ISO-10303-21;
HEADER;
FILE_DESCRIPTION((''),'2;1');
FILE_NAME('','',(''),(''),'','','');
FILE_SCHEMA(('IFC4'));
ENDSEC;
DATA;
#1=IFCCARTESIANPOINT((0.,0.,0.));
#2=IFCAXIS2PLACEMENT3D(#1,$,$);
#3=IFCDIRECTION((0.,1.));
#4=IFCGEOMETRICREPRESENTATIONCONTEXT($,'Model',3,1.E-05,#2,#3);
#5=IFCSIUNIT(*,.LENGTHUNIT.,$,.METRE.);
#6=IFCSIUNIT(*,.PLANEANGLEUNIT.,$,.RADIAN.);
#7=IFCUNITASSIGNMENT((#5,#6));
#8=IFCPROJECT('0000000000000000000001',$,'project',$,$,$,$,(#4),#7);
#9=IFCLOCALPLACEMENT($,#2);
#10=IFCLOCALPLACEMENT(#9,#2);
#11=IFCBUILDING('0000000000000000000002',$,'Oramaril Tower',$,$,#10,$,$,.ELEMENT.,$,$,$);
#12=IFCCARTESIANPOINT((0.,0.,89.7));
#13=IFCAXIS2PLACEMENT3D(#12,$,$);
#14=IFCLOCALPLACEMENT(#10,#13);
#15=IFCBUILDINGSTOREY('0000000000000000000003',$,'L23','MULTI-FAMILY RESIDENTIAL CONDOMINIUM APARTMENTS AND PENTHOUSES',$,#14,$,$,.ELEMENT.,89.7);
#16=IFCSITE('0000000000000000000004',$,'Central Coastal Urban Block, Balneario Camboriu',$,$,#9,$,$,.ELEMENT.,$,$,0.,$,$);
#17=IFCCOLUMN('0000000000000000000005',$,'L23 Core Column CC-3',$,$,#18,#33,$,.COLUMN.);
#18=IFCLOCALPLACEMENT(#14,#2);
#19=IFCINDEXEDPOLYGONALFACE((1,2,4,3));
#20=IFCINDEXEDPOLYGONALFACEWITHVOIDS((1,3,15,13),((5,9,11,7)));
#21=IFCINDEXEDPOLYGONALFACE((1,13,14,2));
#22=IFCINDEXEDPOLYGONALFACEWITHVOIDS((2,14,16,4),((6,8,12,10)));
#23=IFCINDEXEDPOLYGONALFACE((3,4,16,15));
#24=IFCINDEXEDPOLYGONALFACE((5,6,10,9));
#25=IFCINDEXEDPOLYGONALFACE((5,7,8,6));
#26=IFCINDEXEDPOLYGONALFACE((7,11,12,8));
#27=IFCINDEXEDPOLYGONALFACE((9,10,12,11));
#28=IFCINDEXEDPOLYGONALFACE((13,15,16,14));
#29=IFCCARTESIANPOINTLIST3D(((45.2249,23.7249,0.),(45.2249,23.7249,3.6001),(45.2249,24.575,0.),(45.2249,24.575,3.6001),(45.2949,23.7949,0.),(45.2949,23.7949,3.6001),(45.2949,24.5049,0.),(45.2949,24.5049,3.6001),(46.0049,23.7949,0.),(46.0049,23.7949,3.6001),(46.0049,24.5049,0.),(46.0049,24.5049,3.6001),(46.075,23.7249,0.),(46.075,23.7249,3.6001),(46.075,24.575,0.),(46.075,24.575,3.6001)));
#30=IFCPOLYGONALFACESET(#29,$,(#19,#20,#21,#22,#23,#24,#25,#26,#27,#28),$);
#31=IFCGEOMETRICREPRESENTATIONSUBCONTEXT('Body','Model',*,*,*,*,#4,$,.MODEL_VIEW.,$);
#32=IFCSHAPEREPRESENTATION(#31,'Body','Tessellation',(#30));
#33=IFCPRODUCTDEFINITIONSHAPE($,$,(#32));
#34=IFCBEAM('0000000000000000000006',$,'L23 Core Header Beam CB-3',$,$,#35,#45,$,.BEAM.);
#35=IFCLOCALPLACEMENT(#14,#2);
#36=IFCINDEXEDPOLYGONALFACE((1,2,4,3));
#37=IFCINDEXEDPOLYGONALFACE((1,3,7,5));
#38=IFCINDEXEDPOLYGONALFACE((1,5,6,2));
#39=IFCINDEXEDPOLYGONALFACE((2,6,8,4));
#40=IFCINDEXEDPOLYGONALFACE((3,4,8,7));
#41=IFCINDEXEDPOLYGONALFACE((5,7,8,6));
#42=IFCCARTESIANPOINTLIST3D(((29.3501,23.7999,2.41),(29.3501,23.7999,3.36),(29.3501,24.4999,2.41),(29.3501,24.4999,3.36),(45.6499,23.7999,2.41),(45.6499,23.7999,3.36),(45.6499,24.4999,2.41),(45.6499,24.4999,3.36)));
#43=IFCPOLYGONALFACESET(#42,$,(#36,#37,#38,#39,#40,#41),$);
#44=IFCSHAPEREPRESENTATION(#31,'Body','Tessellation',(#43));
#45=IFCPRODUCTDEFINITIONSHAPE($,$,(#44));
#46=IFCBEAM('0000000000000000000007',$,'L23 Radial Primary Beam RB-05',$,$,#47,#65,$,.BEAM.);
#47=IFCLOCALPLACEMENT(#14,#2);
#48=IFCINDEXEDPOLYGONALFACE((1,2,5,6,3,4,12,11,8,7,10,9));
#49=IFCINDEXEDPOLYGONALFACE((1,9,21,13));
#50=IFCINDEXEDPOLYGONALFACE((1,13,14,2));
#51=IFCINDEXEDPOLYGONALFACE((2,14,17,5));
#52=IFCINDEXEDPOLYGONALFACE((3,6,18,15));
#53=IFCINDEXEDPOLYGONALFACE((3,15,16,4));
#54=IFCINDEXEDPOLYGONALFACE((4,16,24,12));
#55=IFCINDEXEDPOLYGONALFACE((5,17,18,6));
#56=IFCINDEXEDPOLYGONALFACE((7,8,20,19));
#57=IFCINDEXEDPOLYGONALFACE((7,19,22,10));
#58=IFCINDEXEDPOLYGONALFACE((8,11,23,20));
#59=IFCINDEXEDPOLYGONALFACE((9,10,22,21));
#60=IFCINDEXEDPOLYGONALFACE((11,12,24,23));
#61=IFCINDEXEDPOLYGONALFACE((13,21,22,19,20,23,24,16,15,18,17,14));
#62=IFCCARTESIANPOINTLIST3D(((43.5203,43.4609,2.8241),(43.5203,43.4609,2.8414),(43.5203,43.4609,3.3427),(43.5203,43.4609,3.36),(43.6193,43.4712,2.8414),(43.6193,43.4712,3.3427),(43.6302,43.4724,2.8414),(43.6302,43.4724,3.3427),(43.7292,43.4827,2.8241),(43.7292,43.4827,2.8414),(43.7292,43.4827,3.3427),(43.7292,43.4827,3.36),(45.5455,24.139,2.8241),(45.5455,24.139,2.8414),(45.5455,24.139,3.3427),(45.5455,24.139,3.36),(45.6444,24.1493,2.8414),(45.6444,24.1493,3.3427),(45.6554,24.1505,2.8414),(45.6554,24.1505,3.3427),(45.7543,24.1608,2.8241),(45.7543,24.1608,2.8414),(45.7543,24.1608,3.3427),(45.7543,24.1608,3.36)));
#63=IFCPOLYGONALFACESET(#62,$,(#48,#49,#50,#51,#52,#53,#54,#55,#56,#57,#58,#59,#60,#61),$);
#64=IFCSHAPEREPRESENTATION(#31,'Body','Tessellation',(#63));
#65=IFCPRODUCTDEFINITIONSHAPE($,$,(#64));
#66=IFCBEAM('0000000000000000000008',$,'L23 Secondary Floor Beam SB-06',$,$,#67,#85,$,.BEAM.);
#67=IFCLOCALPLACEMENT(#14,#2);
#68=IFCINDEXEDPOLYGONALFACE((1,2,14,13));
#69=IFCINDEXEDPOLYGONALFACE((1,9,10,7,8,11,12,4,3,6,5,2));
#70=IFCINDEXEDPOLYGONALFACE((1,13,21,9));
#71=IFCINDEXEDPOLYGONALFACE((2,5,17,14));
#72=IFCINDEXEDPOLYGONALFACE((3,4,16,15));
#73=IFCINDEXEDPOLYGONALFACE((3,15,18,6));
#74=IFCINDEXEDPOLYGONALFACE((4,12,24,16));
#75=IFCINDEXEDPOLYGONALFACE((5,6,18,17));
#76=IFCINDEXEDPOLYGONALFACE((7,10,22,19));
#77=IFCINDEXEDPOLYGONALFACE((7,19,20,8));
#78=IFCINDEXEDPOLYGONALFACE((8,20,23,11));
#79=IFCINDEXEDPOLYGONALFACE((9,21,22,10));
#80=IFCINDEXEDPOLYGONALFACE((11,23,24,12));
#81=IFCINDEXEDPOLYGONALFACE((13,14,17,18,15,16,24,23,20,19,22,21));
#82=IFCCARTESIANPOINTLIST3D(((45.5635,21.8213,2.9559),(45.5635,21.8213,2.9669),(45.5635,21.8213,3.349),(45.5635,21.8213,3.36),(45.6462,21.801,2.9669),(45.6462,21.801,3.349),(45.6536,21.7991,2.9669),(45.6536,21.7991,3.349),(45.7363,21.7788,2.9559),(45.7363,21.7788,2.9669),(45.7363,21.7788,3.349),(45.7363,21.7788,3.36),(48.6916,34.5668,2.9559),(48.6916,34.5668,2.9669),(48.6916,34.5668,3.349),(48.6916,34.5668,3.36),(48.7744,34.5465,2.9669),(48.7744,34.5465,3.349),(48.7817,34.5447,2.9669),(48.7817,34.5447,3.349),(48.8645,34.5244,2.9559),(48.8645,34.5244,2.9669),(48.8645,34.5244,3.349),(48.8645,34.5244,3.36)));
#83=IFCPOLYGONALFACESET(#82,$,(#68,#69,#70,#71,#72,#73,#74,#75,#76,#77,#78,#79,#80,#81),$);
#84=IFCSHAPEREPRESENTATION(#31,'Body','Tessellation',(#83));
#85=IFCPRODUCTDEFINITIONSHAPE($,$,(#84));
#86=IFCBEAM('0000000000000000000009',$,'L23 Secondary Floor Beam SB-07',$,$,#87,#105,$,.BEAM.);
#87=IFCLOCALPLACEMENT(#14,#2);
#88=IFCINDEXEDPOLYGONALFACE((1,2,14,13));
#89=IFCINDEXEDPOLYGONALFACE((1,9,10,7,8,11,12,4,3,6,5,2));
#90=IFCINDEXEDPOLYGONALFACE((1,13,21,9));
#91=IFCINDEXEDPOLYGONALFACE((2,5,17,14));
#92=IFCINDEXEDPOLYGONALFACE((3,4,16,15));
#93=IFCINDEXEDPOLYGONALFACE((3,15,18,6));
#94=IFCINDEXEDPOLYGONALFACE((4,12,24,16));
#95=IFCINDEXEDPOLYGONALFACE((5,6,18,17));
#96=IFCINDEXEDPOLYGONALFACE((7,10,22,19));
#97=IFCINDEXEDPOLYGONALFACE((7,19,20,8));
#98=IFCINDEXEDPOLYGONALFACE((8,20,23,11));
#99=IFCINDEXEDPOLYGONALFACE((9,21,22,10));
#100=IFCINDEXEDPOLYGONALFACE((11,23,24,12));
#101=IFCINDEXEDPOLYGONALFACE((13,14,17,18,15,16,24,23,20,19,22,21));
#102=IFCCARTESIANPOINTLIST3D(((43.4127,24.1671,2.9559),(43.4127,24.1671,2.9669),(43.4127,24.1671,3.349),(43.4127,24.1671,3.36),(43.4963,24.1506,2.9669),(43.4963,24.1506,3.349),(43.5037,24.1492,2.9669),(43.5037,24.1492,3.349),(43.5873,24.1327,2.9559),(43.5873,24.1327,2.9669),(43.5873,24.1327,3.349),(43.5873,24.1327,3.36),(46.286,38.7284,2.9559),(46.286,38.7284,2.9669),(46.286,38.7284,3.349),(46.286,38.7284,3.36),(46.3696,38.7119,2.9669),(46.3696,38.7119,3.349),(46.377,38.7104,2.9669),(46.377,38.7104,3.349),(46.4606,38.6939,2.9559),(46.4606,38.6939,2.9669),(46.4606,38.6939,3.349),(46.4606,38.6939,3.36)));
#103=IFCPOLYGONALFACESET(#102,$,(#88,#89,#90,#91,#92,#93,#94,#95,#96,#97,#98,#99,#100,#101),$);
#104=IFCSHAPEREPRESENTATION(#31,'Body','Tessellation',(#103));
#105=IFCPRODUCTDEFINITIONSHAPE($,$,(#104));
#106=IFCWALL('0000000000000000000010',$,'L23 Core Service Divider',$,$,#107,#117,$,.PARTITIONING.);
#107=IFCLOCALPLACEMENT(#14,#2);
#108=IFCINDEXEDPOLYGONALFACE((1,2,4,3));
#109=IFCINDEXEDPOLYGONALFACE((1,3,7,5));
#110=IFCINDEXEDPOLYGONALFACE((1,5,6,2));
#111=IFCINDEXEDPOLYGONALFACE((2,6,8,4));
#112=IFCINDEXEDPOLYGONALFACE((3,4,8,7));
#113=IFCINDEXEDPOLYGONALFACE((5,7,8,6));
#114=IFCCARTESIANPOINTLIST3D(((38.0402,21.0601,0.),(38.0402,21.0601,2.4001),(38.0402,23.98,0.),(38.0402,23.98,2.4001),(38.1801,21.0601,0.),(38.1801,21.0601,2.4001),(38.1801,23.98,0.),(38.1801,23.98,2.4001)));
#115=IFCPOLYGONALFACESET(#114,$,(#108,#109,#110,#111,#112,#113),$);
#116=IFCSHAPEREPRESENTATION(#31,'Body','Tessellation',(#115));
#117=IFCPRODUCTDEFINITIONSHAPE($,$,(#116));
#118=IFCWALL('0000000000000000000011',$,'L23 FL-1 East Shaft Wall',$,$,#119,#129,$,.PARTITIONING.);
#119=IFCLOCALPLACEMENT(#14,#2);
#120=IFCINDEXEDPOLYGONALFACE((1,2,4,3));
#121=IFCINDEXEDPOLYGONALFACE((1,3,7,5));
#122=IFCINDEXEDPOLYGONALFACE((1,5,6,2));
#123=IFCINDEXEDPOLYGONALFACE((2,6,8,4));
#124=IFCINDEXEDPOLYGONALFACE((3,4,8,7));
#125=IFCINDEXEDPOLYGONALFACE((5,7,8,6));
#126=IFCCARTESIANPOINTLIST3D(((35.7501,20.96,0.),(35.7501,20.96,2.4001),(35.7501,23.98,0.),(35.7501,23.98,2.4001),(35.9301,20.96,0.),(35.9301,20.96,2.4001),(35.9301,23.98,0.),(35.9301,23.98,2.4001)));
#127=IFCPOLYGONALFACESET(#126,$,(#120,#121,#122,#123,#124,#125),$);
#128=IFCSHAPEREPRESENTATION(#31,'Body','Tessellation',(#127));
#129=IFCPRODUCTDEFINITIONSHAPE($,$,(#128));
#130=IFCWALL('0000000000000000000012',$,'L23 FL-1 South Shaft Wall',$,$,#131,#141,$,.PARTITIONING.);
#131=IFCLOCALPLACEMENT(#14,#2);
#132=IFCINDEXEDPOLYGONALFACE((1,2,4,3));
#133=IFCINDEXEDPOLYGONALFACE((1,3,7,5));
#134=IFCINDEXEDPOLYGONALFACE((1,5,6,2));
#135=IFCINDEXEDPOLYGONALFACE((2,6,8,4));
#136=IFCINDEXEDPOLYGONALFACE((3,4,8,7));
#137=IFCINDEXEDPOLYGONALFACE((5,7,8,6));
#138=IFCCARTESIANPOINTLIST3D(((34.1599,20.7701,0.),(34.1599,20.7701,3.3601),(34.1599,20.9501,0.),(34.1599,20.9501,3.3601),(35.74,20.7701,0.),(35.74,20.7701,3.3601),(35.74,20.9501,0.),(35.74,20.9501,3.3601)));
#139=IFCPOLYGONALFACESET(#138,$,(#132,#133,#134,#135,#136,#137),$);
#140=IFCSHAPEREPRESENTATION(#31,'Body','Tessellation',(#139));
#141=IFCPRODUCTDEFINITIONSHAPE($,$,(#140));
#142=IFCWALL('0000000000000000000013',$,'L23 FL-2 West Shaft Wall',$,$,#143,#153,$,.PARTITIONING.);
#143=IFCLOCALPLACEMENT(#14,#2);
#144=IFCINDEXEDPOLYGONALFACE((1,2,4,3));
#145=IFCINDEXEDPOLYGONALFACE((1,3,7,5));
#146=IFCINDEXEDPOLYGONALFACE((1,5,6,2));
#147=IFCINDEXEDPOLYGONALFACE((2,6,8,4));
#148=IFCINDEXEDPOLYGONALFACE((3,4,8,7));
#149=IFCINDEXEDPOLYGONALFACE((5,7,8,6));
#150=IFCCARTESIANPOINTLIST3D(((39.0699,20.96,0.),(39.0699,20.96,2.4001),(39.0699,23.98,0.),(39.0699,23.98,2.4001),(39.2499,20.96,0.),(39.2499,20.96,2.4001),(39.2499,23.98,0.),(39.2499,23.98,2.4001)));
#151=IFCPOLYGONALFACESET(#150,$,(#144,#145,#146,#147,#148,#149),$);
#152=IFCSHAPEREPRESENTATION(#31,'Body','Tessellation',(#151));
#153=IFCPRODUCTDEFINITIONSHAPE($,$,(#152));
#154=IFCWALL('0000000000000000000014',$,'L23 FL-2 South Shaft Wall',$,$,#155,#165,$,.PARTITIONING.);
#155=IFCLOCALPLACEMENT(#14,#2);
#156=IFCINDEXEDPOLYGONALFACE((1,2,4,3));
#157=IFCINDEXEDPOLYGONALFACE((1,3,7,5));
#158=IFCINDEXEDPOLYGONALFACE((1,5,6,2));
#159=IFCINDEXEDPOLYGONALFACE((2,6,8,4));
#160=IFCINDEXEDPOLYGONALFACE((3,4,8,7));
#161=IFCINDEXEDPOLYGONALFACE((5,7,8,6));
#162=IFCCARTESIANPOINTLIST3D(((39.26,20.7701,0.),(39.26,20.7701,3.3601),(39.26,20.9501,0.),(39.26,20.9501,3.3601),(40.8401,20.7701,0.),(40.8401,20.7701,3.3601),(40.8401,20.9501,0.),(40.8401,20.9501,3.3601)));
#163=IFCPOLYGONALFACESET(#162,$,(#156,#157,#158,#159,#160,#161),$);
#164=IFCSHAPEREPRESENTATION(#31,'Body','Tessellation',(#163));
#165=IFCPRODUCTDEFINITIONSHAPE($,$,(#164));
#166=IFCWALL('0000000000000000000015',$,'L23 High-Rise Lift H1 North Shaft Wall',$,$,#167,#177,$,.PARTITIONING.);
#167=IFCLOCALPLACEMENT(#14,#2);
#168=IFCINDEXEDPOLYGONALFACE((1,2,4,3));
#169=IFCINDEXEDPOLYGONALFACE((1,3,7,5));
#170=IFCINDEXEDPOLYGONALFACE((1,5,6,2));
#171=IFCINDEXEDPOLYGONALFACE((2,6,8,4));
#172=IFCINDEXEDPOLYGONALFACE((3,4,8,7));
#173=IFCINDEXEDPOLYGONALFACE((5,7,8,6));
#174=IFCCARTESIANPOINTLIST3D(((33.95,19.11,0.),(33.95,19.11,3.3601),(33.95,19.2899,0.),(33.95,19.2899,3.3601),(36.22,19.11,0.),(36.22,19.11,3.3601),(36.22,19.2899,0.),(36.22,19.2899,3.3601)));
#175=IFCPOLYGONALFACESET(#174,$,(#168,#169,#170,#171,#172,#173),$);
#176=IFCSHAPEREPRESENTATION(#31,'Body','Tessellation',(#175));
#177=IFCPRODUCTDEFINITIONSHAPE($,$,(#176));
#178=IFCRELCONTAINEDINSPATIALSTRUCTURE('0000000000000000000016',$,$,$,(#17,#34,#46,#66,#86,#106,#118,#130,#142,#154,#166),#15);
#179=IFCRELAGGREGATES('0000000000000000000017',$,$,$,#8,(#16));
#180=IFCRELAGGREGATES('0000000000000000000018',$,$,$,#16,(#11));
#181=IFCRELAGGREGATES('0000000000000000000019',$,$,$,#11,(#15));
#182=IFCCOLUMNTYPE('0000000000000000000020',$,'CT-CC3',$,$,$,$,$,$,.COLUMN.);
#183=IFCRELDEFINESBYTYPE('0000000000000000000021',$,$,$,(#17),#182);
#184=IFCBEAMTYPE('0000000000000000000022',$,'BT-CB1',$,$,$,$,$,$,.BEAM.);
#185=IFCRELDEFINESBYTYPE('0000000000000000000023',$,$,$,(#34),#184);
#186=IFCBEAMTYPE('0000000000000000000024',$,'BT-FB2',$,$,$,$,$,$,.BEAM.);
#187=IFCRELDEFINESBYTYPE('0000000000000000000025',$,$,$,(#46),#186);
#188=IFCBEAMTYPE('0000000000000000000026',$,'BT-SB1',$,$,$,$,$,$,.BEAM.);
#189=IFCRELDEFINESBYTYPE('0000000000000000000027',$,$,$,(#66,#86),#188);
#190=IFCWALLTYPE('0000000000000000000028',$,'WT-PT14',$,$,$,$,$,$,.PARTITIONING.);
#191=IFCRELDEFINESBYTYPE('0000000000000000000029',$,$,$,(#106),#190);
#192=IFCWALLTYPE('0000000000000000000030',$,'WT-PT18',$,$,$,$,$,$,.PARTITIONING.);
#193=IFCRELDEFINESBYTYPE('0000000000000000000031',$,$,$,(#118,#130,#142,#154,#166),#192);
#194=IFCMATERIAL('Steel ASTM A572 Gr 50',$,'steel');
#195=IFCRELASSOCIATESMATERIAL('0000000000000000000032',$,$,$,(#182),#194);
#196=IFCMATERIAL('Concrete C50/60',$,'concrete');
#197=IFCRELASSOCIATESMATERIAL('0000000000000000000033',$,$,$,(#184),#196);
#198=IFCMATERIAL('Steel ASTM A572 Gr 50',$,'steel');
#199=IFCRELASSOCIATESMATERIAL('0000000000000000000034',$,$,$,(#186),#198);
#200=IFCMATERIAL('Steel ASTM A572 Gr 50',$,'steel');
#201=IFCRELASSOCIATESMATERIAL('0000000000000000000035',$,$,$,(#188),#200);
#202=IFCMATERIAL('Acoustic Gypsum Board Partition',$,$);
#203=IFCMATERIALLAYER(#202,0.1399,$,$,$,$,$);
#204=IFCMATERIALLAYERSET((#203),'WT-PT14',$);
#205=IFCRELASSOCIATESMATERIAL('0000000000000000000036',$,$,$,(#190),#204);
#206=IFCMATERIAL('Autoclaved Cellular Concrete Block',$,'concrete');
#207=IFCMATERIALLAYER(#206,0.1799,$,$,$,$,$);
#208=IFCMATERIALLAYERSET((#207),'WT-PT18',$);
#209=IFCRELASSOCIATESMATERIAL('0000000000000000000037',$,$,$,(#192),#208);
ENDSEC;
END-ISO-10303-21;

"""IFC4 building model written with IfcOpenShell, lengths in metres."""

from ifc_helpers import new_model, si_unit, direction, frame, frame_2d, origin, origin_2d, place, context, subcontext, project, spatial, rectangle, hollow_rectangle, i_section, extrude, material, layer, layer_set, material_profile, profile_set, type_object, element, save


model = new_model("IFC4")

# Units and contexts
model_context = context("Model", 3, precision=1e-05, world=origin(), true_north=direction((0.0, 1.0)))
body_context = subcontext(model_context, "Body", "Model", "MODEL_VIEW")
ifc_project = project(units=[si_unit("LENGTHUNIT", "METRE"), si_unit("PLANEANGLEUNIT", "RADIAN")], contexts=[model_context])

# Site, building, storey
site_placement = place(None, origin())
site = spatial("IfcSite", under=ifc_project, at=site_placement, Name="Central Coastal Urban Block, Balneario Camboriu", CompositionType="ELEMENT", RefElevation=0.0)
building_placement = place(site_placement, origin())
building = spatial("IfcBuilding", under=site, at=building_placement, Name="Oramaril Tower", CompositionType="ELEMENT")
storey_placement = place(building_placement, frame((0.0, 0.0, 89.7)))
storey = spatial("IfcBuildingStorey", under=building, at=storey_placement, Name="L23", Description="MULTI-FAMILY RESIDENTIAL CONDOMINIUM APARTMENTS AND PENTHOUSES", CompositionType="ELEMENT", Elevation=89.7)

# Column
ifc_material_1 = material(Name="Steel ASTM A572 Gr 50", Category="steel")
ifc_material_profile_1 = material_profile(ifc_material_1, hollow_rectangle(XDim=0.8501, YDim=0.8501, WallThickness=0.0701, at=origin_2d()), Name="BOX850X850X70")
ifc_profile_set_1 = profile_set([ifc_material_profile_1], Name="Steel ASTM A572 Gr 50")
column_type = type_object("IfcColumnType", Name="CT-CC3", PredefinedType="COLUMN", material=ifc_profile_set_1)
column_placement = place(storey_placement, frame((45.6499, 24.1499, 0.0), z_axis=(0.0, 0.0, 1.0), x_axis=(1.0, 0.0, 0.0)))
element("IfcColumn", 1, at=column_placement, inside=storey, type_object=column_type, Name="L23 Core Column CC-3", PredefinedType="COLUMN", context=body_context, shape_type="SweptSolid", body=[
    extrude(hollow_rectangle(XDim=0.8501, YDim=0.8501, WallThickness=0.0701, at=origin_2d()), origin(), (0.0, 0.0, 1.0), 3.6001),
])

# Beams
ifc_material_2 = material(Name="Concrete C50/60", Category="concrete")
ifc_material_profile_2 = material_profile(ifc_material_2, rectangle(XDim=0.7, YDim=0.95, at=origin_2d()), Name="CB700X950")
ifc_profile_set_2 = profile_set([ifc_material_profile_2], Name="Concrete C50/60")
beam_type_1 = type_object("IfcBeamType", Name="BT-CB1", PredefinedType="BEAM", material=ifc_profile_set_2)
beam_1_placement = place(storey_placement, frame((45.6499, 24.1499, 2.885), z_axis=(-1.0, 0.0, 0.0), x_axis=(0.0, -1.0, 0.0)))
element("IfcBeam", 2, at=beam_1_placement, inside=storey, type_object=beam_type_1, Name="L23 Core Header Beam CB-3", PredefinedType="BEAM", context=body_context, shape_type="SweptSolid", body=[
    extrude(rectangle(XDim=0.7, YDim=0.95, at=origin_2d()), origin(), (0.0, 0.0, 1.0), 16.2998),
])
ifc_material_3 = material(Name="Steel ASTM A572 Gr 50", Category="steel")
ifc_material_profile_3 = material_profile(ifc_material_3, i_section(OverallWidth=0.21, OverallDepth=0.5359, WebThickness=0.011, FlangeThickness=0.0173, at=origin_2d()), Name="W21X68")
ifc_profile_set_3 = profile_set([ifc_material_profile_3], Name="Steel ASTM A572 Gr 50")
beam_type_2 = type_object("IfcBeamType", Name="BT-FB2", PredefinedType="BEAM", material=ifc_profile_set_3)
beam_2_placement = place(storey_placement, frame((45.6499, 24.1499, 3.092), z_axis=(-0.104241, 0.994552, 0.0), x_axis=(-0.994552, -0.104241, 0.0)))
element("IfcBeam", 3, at=beam_2_placement, inside=storey, type_object=beam_type_2, Name="L23 Radial Primary Beam RB-05", PredefinedType="BEAM", context=body_context, shape_type="SweptSolid", body=[
    extrude(i_section(OverallWidth=0.21, OverallDepth=0.5359, WebThickness=0.011, FlangeThickness=0.0173, at=origin_2d()), origin(), (0.0, 0.0, 1.0), 19.4277),
])
ifc_material_4 = material(Name="Steel ASTM A572 Gr 50", Category="steel")
ifc_material_profile_4 = material_profile(ifc_material_4, i_section(OverallWidth=0.178, OverallDepth=0.4041, WebThickness=0.0076, FlangeThickness=0.011, at=origin_2d()), Name="W16X36")
ifc_profile_set_4 = profile_set([ifc_material_profile_4], Name="Steel ASTM A572 Gr 50")
beam_type_3 = type_object("IfcBeamType", Name="BT-SB1", PredefinedType="BEAM", material=ifc_profile_set_4)
beam_3_placement = place(storey_placement, frame((45.6499, 21.8, 3.158), z_axis=(0.238358, 0.971177, 0.0), x_axis=(-0.971177, 0.238358, 0.0)))
element("IfcBeam", 4, at=beam_3_placement, inside=storey, type_object=beam_type_3, Name="L23 Secondary Floor Beam SB-06", PredefinedType="BEAM", context=body_context, shape_type="SweptSolid", body=[
    extrude(i_section(OverallWidth=0.178, OverallDepth=0.4041, WebThickness=0.0076, FlangeThickness=0.011, at=origin_2d()), origin(), (0.0, 0.0, 1.0), 13.1238),
])
beam_4_placement = place(storey_placement, frame((43.5, 24.1499, 3.158), z_axis=(0.193591, 0.981082, 0.0), x_axis=(-0.981082, 0.193591, 0.0)))
element("IfcBeam", 5, at=beam_4_placement, inside=storey, type_object=beam_type_3, Name="L23 Secondary Floor Beam SB-07", PredefinedType="BEAM", context=body_context, shape_type="SweptSolid", body=[
    extrude(i_section(OverallWidth=0.178, OverallDepth=0.4041, WebThickness=0.0076, FlangeThickness=0.011, at=origin_2d()), origin(), (0.0, 0.0, 1.0), 14.842),
])

# Wall
ifc_material_5 = material(Name="Acoustic Gypsum Board Partition")
ifc_layer_1 = layer(ifc_material_5, 0.1399)
ifc_layer_set_1 = layer_set([ifc_layer_1], Name="WT-PT14")
wall_type_1 = type_object("IfcWallType", Name="WT-PT14", PredefinedType="PARTITIONING", material=ifc_layer_set_1)
wall_1_placement = place(storey_placement, frame((38.1101, 21.0601, 0.0), z_axis=(0.0, 0.0, 1.0), x_axis=(0.0, 1.0, 0.0)))
element("IfcWall", 6, at=wall_1_placement, inside=storey, type_object=wall_type_1, Name="L23 Core Service Divider", PredefinedType="PARTITIONING", context=body_context, shape_type="SweptSolid", body=[
    extrude(rectangle(XDim=2.9199, YDim=0.1399, at=frame_2d((1.46, 0.0))), origin(), (0.0, 0.0, 1.0), 2.4001),
])

# Walls
ifc_material_6 = material(Name="Autoclaved Cellular Concrete Block", Category="concrete")
ifc_layer_2 = layer(ifc_material_6, 0.1799)
ifc_layer_set_2 = layer_set([ifc_layer_2], Name="WT-PT18")
wall_type_2 = type_object("IfcWallType", Name="WT-PT18", PredefinedType="PARTITIONING", material=ifc_layer_set_2)
wall_2_placement = place(storey_placement, frame((35.8401, 20.96, 0.0), z_axis=(0.0, 0.0, 1.0), x_axis=(0.0, 1.0, 0.0)))
element("IfcWall", 7, at=wall_2_placement, inside=storey, type_object=wall_type_2, Name="L23 FL-1 East Shaft Wall", PredefinedType="PARTITIONING", context=body_context, shape_type="SweptSolid", body=[
    extrude(rectangle(XDim=3.02, YDim=0.1799, at=frame_2d((1.51, 0.0))), origin(), (0.0, 0.0, 1.0), 2.4001),
])
wall_3_placement = place(storey_placement, frame((34.1599, 20.8601, 0.0), z_axis=(0.0, 0.0, 1.0), x_axis=(1.0, 0.0, 0.0)))
element("IfcWall", 8, at=wall_3_placement, inside=storey, type_object=wall_type_2, Name="L23 FL-1 South Shaft Wall", PredefinedType="PARTITIONING", context=body_context, shape_type="SweptSolid", body=[
    extrude(rectangle(XDim=1.5801, YDim=0.1799, at=frame_2d((0.79, 0.0))), origin(), (0.0, 0.0, 1.0), 3.3601),
])
wall_4_placement = place(storey_placement, frame((39.1599, 20.96, 0.0), z_axis=(0.0, 0.0, 1.0), x_axis=(0.0, 1.0, 0.0)))
element("IfcWall", 9, at=wall_4_placement, inside=storey, type_object=wall_type_2, Name="L23 FL-2 West Shaft Wall", PredefinedType="PARTITIONING", context=body_context, shape_type="SweptSolid", body=[
    extrude(rectangle(XDim=3.02, YDim=0.1799, at=frame_2d((1.51, 0.0))), origin(), (0.0, 0.0, 1.0), 2.4001),
])
wall_5_placement = place(storey_placement, frame((39.26, 20.8601, 0.0), z_axis=(0.0, 0.0, 1.0), x_axis=(1.0, 0.0, 0.0)))
element("IfcWall", 10, at=wall_5_placement, inside=storey, type_object=wall_type_2, Name="L23 FL-2 South Shaft Wall", PredefinedType="PARTITIONING", context=body_context, shape_type="SweptSolid", body=[
    extrude(rectangle(XDim=1.5801, YDim=0.1799, at=frame_2d((0.79, 0.0))), origin(), (0.0, 0.0, 1.0), 3.3601),
])
wall_6_placement = place(storey_placement, frame((33.95, 19.2, 0.0), z_axis=(0.0, 0.0, 1.0), x_axis=(1.0, 0.0, 0.0)))
element("IfcWall", 11, at=wall_6_placement, inside=storey, type_object=wall_type_2, Name="L23 High-Rise Lift H1 North Shaft Wall", PredefinedType="PARTITIONING", context=body_context, shape_type="SweptSolid", body=[
    extrude(rectangle(XDim=2.27, YDim=0.1799, at=frame_2d((1.135, 0.0))), origin(), (0.0, 0.0, 1.0), 3.3601),
])

save(model, "model.ifc")
